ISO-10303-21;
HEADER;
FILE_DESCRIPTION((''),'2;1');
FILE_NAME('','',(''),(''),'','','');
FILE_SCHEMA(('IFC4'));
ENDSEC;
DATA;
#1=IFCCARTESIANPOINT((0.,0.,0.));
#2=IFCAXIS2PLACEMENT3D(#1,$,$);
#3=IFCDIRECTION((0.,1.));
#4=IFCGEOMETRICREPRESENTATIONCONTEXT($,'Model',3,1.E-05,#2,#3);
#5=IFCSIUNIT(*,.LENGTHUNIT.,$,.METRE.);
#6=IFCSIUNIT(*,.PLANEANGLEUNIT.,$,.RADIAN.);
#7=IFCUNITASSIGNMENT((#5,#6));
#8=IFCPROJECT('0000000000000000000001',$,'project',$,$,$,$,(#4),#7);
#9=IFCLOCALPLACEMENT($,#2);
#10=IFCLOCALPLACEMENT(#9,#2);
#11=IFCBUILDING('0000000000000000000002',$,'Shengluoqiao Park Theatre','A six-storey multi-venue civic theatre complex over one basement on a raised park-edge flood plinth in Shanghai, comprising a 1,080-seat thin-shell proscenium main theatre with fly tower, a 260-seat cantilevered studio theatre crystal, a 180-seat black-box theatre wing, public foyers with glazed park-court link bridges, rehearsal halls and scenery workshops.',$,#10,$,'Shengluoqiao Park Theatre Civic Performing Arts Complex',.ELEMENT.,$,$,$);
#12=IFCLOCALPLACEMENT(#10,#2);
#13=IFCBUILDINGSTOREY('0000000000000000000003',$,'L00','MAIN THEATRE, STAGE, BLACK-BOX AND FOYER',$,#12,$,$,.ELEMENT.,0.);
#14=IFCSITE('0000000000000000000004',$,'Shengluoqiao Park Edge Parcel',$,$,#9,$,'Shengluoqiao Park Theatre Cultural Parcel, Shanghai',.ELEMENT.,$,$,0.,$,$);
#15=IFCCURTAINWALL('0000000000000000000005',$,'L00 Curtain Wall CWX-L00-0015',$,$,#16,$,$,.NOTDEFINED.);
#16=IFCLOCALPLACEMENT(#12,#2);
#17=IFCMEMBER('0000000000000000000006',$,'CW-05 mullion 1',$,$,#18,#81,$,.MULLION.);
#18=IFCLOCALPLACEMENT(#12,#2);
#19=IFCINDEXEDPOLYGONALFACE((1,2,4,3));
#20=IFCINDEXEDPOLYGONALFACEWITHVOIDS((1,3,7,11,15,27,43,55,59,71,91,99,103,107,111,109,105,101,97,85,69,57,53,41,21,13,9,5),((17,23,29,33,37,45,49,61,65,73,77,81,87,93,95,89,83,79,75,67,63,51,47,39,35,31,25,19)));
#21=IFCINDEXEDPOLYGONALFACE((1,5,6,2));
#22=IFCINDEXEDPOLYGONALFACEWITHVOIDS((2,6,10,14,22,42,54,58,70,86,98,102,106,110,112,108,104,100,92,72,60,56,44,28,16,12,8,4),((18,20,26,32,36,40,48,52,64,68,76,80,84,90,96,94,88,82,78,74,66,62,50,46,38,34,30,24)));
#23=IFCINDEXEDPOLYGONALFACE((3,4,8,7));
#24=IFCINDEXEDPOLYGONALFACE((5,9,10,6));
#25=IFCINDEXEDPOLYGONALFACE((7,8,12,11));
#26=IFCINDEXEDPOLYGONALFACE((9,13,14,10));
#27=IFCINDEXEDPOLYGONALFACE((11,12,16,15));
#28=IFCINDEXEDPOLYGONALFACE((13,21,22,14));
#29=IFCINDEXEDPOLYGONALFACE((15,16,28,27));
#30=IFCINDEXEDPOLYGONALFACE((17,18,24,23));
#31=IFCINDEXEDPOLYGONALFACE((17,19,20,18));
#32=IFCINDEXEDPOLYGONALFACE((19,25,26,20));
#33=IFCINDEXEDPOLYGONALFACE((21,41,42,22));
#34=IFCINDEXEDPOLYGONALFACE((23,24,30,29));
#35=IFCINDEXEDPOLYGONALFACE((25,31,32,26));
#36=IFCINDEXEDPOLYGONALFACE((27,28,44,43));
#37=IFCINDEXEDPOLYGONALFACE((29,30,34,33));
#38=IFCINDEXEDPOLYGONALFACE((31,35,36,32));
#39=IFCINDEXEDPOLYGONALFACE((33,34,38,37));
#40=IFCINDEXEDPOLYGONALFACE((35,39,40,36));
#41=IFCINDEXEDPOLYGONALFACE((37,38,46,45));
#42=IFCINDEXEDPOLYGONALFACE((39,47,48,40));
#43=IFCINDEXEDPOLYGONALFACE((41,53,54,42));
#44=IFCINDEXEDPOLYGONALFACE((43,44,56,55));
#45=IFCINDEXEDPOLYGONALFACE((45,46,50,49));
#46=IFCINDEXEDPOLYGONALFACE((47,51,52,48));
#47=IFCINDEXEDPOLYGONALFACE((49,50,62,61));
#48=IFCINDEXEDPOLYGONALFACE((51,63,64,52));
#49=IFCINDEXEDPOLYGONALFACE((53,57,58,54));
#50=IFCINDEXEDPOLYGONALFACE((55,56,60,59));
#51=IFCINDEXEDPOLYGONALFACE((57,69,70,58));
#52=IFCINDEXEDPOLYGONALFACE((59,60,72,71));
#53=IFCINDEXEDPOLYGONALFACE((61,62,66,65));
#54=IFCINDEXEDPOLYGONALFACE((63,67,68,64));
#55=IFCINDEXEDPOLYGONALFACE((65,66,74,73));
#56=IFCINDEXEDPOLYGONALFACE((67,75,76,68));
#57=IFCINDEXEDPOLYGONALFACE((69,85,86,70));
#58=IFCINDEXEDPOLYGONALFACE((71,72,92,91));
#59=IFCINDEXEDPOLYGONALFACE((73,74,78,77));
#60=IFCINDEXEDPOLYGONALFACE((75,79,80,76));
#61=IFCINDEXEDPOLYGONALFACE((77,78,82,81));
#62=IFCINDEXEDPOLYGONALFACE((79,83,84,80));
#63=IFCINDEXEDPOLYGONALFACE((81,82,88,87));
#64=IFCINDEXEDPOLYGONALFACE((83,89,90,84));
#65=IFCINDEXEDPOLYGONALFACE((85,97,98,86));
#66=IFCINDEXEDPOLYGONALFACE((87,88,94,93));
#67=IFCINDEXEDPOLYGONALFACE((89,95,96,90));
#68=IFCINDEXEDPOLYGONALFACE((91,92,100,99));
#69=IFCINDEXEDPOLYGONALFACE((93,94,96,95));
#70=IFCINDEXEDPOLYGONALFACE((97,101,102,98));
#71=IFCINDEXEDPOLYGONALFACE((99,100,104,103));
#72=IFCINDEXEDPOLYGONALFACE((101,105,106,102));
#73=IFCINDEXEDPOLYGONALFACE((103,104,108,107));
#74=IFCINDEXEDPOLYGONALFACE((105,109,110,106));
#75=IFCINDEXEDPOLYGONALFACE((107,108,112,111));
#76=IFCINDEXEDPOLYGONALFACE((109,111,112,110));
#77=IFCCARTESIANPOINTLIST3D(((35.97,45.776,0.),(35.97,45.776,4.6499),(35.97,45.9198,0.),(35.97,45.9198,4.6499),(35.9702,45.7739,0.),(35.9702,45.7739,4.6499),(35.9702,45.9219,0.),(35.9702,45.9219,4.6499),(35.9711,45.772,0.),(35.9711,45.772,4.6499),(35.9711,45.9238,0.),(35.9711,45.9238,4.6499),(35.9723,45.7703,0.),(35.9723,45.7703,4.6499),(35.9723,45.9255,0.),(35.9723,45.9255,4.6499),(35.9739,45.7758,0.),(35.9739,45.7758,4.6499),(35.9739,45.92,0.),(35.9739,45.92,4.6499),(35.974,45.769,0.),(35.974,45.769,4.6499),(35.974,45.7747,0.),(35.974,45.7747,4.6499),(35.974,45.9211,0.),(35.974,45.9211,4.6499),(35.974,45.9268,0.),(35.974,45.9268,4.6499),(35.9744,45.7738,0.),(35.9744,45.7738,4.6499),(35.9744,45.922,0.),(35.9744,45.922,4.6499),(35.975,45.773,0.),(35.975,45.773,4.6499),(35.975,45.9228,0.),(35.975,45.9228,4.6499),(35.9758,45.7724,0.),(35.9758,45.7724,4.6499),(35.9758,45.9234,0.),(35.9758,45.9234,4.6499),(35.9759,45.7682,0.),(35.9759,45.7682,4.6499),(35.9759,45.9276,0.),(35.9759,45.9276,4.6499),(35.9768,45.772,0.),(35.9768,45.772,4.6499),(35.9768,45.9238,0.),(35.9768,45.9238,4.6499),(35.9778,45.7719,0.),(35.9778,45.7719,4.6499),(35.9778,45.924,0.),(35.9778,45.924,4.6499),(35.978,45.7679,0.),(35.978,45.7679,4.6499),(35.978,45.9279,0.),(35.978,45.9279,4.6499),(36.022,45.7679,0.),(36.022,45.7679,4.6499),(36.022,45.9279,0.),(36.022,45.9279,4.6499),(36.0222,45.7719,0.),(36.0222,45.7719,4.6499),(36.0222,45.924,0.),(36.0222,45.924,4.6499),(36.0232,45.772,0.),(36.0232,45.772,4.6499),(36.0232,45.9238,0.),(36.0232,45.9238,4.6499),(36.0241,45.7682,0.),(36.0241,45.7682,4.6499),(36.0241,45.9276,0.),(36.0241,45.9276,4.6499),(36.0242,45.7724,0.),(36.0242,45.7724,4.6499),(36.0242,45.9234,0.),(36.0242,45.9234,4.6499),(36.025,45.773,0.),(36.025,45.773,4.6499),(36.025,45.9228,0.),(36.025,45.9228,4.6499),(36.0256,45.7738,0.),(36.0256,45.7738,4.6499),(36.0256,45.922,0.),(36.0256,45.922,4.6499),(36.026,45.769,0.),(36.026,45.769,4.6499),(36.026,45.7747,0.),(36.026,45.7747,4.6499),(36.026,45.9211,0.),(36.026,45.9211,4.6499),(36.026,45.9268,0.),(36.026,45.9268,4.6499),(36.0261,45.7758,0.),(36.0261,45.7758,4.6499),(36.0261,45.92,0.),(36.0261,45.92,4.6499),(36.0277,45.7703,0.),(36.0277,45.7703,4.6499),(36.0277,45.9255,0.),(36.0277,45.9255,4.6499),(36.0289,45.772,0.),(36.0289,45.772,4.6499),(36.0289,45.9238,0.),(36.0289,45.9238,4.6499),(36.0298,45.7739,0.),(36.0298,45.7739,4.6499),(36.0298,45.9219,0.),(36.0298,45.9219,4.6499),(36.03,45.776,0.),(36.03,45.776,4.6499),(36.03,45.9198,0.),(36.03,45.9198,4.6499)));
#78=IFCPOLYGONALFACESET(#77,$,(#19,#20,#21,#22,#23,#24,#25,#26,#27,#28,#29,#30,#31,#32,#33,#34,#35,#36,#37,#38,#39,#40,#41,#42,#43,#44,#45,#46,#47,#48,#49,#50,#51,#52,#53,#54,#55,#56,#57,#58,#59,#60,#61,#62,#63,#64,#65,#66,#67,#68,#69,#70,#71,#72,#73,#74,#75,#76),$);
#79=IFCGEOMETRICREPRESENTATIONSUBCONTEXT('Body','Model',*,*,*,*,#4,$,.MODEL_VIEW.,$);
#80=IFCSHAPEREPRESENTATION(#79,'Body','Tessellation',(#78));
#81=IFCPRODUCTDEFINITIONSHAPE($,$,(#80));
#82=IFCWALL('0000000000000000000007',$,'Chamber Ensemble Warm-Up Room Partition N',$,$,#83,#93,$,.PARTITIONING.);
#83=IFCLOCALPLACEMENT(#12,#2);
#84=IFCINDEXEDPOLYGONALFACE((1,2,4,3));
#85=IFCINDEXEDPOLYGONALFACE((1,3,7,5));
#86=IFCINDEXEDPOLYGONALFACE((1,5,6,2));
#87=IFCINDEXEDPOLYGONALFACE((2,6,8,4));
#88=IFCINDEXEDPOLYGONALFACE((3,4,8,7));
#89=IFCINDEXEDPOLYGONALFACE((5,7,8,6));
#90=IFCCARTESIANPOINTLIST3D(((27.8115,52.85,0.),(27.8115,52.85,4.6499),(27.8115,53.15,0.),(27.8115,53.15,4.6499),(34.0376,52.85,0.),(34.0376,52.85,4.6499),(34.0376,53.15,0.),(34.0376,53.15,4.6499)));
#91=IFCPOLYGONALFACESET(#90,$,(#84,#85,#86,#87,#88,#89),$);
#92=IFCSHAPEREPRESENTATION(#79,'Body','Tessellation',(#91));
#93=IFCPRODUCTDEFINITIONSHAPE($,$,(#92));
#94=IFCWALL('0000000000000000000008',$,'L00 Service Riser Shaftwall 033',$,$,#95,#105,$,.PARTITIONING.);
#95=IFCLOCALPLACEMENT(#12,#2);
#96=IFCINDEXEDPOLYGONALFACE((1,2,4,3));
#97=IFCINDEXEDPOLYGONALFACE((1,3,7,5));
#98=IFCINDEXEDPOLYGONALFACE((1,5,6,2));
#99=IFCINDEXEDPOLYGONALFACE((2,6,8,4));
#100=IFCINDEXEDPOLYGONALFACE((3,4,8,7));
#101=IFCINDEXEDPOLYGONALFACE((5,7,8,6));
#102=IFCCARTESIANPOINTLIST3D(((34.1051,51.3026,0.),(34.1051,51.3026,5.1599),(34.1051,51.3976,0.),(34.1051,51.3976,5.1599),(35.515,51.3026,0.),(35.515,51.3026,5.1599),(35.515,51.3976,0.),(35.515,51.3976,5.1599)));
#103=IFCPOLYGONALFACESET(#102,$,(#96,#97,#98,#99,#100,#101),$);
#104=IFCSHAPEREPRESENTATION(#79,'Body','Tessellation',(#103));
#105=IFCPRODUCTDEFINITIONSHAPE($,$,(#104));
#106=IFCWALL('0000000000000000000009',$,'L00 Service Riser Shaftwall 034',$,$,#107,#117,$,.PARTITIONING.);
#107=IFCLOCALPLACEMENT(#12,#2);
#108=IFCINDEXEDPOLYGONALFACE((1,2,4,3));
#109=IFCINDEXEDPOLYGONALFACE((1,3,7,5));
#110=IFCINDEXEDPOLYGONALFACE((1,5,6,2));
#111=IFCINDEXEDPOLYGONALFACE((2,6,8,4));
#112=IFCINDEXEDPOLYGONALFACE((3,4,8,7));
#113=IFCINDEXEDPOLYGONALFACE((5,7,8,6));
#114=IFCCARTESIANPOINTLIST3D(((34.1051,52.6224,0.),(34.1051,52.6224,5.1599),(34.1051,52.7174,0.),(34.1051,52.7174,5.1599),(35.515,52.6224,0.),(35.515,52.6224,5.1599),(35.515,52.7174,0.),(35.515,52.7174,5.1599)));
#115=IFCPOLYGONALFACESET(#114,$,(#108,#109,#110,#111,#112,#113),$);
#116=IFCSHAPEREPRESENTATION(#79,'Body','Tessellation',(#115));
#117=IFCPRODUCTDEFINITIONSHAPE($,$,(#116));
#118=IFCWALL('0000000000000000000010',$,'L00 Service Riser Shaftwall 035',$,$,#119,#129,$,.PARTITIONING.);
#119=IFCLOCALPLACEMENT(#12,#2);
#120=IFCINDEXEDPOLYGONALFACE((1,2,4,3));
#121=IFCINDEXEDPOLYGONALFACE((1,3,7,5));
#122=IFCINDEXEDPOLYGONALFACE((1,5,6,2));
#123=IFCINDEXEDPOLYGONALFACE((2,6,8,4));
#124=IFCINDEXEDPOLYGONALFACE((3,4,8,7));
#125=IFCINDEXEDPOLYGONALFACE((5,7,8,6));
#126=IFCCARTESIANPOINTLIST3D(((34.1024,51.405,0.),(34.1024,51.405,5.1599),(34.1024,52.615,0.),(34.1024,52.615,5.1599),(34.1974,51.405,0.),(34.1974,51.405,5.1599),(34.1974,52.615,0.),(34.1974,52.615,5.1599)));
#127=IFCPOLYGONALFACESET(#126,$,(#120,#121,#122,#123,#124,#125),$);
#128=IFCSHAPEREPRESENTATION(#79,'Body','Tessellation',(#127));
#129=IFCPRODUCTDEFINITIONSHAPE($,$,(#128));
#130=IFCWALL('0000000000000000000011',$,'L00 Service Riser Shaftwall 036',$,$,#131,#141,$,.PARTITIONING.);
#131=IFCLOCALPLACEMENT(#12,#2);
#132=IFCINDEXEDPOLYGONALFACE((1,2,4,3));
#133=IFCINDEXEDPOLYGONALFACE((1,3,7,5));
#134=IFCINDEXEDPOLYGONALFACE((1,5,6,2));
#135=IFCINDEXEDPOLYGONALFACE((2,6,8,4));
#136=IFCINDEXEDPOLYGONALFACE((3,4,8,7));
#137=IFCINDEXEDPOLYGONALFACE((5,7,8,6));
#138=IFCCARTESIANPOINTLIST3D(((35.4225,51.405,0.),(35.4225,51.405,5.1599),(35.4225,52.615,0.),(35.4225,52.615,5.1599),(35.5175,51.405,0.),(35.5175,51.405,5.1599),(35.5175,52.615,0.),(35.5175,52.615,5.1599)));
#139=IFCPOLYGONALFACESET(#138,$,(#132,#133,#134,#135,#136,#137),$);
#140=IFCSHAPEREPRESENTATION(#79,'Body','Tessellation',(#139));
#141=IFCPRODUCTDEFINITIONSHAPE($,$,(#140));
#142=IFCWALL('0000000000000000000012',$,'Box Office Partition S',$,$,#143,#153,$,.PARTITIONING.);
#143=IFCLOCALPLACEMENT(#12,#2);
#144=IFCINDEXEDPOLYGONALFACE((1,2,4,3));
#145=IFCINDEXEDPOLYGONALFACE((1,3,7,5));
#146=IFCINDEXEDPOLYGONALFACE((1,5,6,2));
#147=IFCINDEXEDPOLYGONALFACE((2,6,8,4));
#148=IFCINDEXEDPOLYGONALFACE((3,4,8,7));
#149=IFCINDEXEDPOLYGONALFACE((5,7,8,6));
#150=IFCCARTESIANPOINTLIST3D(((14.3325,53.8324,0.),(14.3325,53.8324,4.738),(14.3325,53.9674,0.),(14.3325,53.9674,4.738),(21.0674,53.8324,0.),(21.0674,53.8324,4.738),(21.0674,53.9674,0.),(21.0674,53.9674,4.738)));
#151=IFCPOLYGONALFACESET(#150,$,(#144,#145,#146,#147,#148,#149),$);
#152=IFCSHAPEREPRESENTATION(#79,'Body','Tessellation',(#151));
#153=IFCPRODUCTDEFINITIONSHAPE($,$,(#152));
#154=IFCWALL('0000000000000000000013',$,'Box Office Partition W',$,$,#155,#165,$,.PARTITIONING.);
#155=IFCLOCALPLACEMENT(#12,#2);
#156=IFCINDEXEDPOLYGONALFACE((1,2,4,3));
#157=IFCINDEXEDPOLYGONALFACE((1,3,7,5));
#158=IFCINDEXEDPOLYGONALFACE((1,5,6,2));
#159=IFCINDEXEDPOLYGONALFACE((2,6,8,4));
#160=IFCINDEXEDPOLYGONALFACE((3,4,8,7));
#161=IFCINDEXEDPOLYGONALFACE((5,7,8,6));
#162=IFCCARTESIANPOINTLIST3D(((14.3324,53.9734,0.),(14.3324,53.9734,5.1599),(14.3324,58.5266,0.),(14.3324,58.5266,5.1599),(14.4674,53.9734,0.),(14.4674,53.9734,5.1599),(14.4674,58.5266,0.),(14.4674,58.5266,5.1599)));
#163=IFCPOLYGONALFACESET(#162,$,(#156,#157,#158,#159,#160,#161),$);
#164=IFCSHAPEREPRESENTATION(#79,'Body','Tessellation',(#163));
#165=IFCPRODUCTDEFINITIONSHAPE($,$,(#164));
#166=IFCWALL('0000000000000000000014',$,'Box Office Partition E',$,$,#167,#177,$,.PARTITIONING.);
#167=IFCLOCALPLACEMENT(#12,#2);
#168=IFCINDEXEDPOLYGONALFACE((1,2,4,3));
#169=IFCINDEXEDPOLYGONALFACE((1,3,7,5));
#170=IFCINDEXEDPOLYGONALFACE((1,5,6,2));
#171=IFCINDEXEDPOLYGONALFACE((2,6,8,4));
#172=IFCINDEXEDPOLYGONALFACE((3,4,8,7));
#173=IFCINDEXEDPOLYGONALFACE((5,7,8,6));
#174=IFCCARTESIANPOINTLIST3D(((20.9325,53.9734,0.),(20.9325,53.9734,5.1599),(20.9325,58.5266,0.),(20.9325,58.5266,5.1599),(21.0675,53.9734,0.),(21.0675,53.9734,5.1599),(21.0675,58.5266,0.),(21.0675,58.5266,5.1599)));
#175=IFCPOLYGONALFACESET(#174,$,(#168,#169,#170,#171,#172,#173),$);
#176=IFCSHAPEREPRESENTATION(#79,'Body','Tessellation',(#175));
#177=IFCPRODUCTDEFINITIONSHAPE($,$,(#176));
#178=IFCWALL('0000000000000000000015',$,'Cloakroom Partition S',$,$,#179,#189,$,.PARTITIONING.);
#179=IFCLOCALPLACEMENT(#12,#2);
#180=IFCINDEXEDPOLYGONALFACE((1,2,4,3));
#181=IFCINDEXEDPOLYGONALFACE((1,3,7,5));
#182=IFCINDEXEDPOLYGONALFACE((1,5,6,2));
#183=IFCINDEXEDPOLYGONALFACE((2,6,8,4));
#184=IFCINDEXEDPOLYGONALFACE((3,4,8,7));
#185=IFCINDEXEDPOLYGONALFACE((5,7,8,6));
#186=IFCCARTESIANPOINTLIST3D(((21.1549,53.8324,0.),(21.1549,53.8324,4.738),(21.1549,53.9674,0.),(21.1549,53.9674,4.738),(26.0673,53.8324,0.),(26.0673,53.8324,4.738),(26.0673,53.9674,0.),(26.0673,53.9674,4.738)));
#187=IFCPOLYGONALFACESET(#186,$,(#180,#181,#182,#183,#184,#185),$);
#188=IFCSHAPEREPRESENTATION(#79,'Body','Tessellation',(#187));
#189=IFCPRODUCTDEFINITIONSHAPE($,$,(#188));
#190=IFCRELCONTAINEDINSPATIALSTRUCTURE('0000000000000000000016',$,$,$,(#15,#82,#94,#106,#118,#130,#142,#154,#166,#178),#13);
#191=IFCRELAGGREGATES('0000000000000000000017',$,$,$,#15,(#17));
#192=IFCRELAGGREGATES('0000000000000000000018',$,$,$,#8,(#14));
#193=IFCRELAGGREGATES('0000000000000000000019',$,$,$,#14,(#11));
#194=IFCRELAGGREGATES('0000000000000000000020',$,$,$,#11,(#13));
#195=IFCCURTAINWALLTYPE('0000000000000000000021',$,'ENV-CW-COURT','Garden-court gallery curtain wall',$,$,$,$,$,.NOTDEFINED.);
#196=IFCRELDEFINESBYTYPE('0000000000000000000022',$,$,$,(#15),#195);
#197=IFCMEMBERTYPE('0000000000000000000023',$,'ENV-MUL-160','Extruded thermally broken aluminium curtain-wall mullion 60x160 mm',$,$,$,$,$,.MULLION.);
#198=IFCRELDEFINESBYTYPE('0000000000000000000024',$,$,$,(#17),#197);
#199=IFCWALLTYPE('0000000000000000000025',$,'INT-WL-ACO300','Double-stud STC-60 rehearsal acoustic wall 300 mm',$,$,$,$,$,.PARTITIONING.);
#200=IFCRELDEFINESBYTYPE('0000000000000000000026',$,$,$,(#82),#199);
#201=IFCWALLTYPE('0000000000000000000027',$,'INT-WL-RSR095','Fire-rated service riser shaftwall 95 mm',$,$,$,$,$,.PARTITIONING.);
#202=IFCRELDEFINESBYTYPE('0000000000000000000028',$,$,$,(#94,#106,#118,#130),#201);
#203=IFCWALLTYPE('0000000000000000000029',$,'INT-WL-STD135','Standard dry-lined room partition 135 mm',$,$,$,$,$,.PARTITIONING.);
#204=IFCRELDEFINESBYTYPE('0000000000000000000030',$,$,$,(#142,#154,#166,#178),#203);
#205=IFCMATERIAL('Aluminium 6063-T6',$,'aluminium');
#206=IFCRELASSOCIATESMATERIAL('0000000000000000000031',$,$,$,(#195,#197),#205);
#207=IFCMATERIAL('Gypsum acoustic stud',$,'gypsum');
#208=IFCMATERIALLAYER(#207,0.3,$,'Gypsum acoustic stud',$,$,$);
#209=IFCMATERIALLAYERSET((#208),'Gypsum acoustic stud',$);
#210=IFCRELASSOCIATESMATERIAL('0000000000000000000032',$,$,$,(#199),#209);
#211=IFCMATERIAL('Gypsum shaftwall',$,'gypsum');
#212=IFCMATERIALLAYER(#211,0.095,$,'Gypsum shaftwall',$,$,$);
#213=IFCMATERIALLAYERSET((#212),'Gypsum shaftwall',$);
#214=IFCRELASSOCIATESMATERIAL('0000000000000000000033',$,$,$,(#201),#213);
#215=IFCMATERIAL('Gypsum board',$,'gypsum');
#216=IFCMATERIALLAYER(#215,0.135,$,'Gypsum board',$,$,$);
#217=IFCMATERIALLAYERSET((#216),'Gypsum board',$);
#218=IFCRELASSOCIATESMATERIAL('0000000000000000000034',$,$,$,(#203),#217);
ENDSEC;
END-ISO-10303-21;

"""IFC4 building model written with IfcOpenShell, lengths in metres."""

from ifc_helpers import new_model, si_unit, direction, frame, frame_2d, origin, origin_2d, place, context, subcontext, project, spatial, rectangle, hollow_rectangle, extrude, material, layer, layer_set, material_profile, profile_set, type_object, element, aggregate, save


model = new_model("IFC4")

# Units and contexts
model_context = context("Model", 3, precision=1e-05, world=origin(), true_north=direction((0.0, 1.0)))
body_context = subcontext(model_context, "Body", "Model", "MODEL_VIEW")
ifc_project = project(units=[si_unit("LENGTHUNIT", "METRE"), si_unit("PLANEANGLEUNIT", "RADIAN")], contexts=[model_context])

# Site, building, storey
site_placement = place(None, origin())
site = spatial("IfcSite", under=ifc_project, at=site_placement, Name="Shengluoqiao Park Edge Parcel", LongName="Shengluoqiao Park Theatre Cultural Parcel, Shanghai", CompositionType="ELEMENT", RefElevation=0.0)
building_placement = place(site_placement, origin())
building = spatial("IfcBuilding", under=site, at=building_placement, Name="Shengluoqiao Park Theatre", Description="A six-storey multi-venue civic theatre complex over one basement on a raised park-edge flood plinth in Shanghai, comprising a 1,080-seat thin-shell proscenium main theatre with fly tower, a 260-seat cantilevered studio theatre crystal, a 180-seat black-box theatre wing, public foyers with glazed park-court link bridges, rehearsal halls and scenery workshops.", LongName="Shengluoqiao Park Theatre Civic Performing Arts Complex", CompositionType="ELEMENT")
storey_placement = place(building_placement, origin())
storey = spatial("IfcBuildingStorey", under=building, at=storey_placement, Name="L00", Description="MAIN THEATRE, STAGE, BLACK-BOX AND FOYER", CompositionType="ELEMENT", Elevation=0.0)

# Curtain wall, member
ifc_material_1 = material(Name="Aluminium 6063-T6", Category="aluminium")
curtain_wall_type = type_object("IfcCurtainWallType", Name="ENV-CW-COURT", Description="Garden-court gallery curtain wall", PredefinedType="NOTDEFINED", material=ifc_material_1)
curtain_wall_placement = place(storey_placement, origin())
curtain_wall = element("IfcCurtainWall", 1, at=curtain_wall_placement, inside=storey, type_object=curtain_wall_type, Name="L00 Curtain Wall CWX-L00-0015", PredefinedType="NOTDEFINED")
ifc_material_profile_1 = material_profile(ifc_material_1, hollow_rectangle(XDim=0.0601, YDim=0.1599, WallThickness=0.0039, InnerFilletRadius=0.0039, OuterFilletRadius=0.0081, at=origin_2d()), Name="ALU MULLION 160x60x4")
ifc_profile_set_1 = profile_set([ifc_material_profile_1], Name="Aluminium 6063-T6")
member_type = type_object("IfcMemberType", Name="ENV-MUL-160", Description="Extruded thermally broken aluminium curtain-wall mullion 60x160 mm", PredefinedType="MULLION", material=ifc_profile_set_1)
member_placement = place(storey_placement, frame((36.0, 45.8479, 0.0), z_axis=(0.0, 0.0, 1.0), x_axis=(-1.0, 0.0, 0.0)))
member = element("IfcMember", 2, at=member_placement, type_object=member_type, Name="CW-05 mullion 1", PredefinedType="MULLION", context=body_context, shape_type="SweptSolid", body=[
    extrude(hollow_rectangle(XDim=0.0601, YDim=0.1599, WallThickness=0.0039, InnerFilletRadius=0.0039, OuterFilletRadius=0.0081, at=origin_2d()), origin(), (0.0, 0.0, 1.0), 4.6499),
])
aggregate(curtain_wall, [member])

# Walls
ifc_material_2 = material(Name="Gypsum acoustic stud", Category="gypsum")
ifc_layer_1 = layer(ifc_material_2, 0.3, Name="Gypsum acoustic stud")
ifc_layer_set_1 = layer_set([ifc_layer_1], Name="Gypsum acoustic stud")
wall_type_1 = type_object("IfcWallType", Name="INT-WL-ACO300", Description="Double-stud STC-60 rehearsal acoustic wall 300 mm", PredefinedType="PARTITIONING", material=ifc_layer_set_1)
wall_1_placement = place(storey_placement, frame((27.8115, 53.0, 0.0), z_axis=(0.0, 0.0, 1.0), x_axis=(1.0, 0.0, 0.0)))
element("IfcWall", 3, at=wall_1_placement, inside=storey, type_object=wall_type_1, Name="Chamber Ensemble Warm-Up Room Partition N", PredefinedType="PARTITIONING", context=body_context, shape_type="SweptSolid", body=[
    extrude(rectangle(XDim=6.2261, YDim=0.3, at=frame_2d((3.113, 0.0))), origin(), (0.0, 0.0, 1.0), 4.6499),
])
ifc_material_3 = material(Name="Gypsum shaftwall", Category="gypsum")
ifc_layer_2 = layer(ifc_material_3, 0.095, Name="Gypsum shaftwall")
ifc_layer_set_2 = layer_set([ifc_layer_2], Name="Gypsum shaftwall")
wall_type_2 = type_object("IfcWallType", Name="INT-WL-RSR095", Description="Fire-rated service riser shaftwall 95 mm", PredefinedType="PARTITIONING", material=ifc_layer_set_2)
for number, where, z_axis, x_axis, name in (
    (4, (34.105, 51.3501, 0.0), (0.0, 0.0, 1.0), (1.0, 0.0, 0.0), "L00 Service Riser Shaftwall 033"),
    (5, (34.105, 52.6699, 0.0), (0.0, 0.0, 1.0), (1.0, 0.0, 0.0), "L00 Service Riser Shaftwall 034"),
):
    element("IfcWall", number, at=place(storey_placement, frame(where, z_axis=z_axis, x_axis=x_axis)), inside=storey, type_object=wall_type_2, Name=name, PredefinedType="PARTITIONING", context=body_context, shape_type="SweptSolid", body=[
        extrude(rectangle(XDim=1.4099, YDim=0.095, at=frame_2d((0.7051, 0.0))), origin(), (0.0, 0.0, 1.0), 5.1599),
    ])
for number, where, z_axis, x_axis, name in (
    (6, (34.1499, 51.405, 0.0), (0.0, 0.0, 1.0), (0.0, 1.0, 0.0), "L00 Service Riser Shaftwall 035"),
    (7, (35.47, 51.405, 0.0), (0.0, 0.0, 1.0), (0.0, 1.0, 0.0), "L00 Service Riser Shaftwall 036"),
):
    element("IfcWall", number, at=place(storey_placement, frame(where, z_axis=z_axis, x_axis=x_axis)), inside=storey, type_object=wall_type_2, Name=name, PredefinedType="PARTITIONING", context=body_context, shape_type="SweptSolid", body=[
        extrude(rectangle(XDim=1.21, YDim=0.095, at=frame_2d((0.605, 0.0))), origin(), (0.0, 0.0, 1.0), 5.1599),
    ])
ifc_material_4 = material(Name="Gypsum board", Category="gypsum")
ifc_layer_3 = layer(ifc_material_4, 0.135, Name="Gypsum board")
ifc_layer_set_3 = layer_set([ifc_layer_3], Name="Gypsum board")
wall_type_3 = type_object("IfcWallType", Name="INT-WL-STD135", Description="Standard dry-lined room partition 135 mm", PredefinedType="PARTITIONING", material=ifc_layer_set_3)
wall_2_placement = place(storey_placement, frame((14.3325, 53.8999, 0.0), z_axis=(0.0, 0.0, 1.0), x_axis=(1.0, 0.0, 0.0)))
element("IfcWall", 8, at=wall_2_placement, inside=storey, type_object=wall_type_3, Name="Box Office Partition S", PredefinedType="PARTITIONING", context=body_context, shape_type="SweptSolid", body=[
    extrude(rectangle(XDim=6.7349, YDim=0.135, at=frame_2d((3.3674, 0.0))), origin(), (0.0, 0.0, 1.0), 4.738),
])
for number, where, z_axis, x_axis, name in (
    (9, (14.3999, 53.9734, 0.0), (0.0, 0.0, 1.0), (0.0, 1.0, 0.0), "Box Office Partition W"),
    (10, (21.0, 53.9734, 0.0), (0.0, 0.0, 1.0), (0.0, 1.0, 0.0), "Box Office Partition E"),
):
    element("IfcWall", number, at=place(storey_placement, frame(where, z_axis=z_axis, x_axis=x_axis)), inside=storey, type_object=wall_type_3, Name=name, PredefinedType="PARTITIONING", context=body_context, shape_type="SweptSolid", body=[
        extrude(rectangle(XDim=4.5532, YDim=0.135, at=frame_2d((2.2766, 0.0))), origin(), (0.0, 0.0, 1.0), 5.1599),
    ])
wall_3_placement = place(storey_placement, frame((21.155, 53.8999, 0.0), z_axis=(0.0, 0.0, 1.0), x_axis=(1.0, 0.0, 0.0)))
element("IfcWall", 11, at=wall_3_placement, inside=storey, type_object=wall_type_3, Name="Cloakroom Partition S", PredefinedType="PARTITIONING", context=body_context, shape_type="SweptSolid", body=[
    extrude(rectangle(XDim=4.9124, YDim=0.135, at=frame_2d((2.4561, 0.0))), origin(), (0.0, 0.0, 1.0), 4.738),
])

save(model, "model.ifc")
